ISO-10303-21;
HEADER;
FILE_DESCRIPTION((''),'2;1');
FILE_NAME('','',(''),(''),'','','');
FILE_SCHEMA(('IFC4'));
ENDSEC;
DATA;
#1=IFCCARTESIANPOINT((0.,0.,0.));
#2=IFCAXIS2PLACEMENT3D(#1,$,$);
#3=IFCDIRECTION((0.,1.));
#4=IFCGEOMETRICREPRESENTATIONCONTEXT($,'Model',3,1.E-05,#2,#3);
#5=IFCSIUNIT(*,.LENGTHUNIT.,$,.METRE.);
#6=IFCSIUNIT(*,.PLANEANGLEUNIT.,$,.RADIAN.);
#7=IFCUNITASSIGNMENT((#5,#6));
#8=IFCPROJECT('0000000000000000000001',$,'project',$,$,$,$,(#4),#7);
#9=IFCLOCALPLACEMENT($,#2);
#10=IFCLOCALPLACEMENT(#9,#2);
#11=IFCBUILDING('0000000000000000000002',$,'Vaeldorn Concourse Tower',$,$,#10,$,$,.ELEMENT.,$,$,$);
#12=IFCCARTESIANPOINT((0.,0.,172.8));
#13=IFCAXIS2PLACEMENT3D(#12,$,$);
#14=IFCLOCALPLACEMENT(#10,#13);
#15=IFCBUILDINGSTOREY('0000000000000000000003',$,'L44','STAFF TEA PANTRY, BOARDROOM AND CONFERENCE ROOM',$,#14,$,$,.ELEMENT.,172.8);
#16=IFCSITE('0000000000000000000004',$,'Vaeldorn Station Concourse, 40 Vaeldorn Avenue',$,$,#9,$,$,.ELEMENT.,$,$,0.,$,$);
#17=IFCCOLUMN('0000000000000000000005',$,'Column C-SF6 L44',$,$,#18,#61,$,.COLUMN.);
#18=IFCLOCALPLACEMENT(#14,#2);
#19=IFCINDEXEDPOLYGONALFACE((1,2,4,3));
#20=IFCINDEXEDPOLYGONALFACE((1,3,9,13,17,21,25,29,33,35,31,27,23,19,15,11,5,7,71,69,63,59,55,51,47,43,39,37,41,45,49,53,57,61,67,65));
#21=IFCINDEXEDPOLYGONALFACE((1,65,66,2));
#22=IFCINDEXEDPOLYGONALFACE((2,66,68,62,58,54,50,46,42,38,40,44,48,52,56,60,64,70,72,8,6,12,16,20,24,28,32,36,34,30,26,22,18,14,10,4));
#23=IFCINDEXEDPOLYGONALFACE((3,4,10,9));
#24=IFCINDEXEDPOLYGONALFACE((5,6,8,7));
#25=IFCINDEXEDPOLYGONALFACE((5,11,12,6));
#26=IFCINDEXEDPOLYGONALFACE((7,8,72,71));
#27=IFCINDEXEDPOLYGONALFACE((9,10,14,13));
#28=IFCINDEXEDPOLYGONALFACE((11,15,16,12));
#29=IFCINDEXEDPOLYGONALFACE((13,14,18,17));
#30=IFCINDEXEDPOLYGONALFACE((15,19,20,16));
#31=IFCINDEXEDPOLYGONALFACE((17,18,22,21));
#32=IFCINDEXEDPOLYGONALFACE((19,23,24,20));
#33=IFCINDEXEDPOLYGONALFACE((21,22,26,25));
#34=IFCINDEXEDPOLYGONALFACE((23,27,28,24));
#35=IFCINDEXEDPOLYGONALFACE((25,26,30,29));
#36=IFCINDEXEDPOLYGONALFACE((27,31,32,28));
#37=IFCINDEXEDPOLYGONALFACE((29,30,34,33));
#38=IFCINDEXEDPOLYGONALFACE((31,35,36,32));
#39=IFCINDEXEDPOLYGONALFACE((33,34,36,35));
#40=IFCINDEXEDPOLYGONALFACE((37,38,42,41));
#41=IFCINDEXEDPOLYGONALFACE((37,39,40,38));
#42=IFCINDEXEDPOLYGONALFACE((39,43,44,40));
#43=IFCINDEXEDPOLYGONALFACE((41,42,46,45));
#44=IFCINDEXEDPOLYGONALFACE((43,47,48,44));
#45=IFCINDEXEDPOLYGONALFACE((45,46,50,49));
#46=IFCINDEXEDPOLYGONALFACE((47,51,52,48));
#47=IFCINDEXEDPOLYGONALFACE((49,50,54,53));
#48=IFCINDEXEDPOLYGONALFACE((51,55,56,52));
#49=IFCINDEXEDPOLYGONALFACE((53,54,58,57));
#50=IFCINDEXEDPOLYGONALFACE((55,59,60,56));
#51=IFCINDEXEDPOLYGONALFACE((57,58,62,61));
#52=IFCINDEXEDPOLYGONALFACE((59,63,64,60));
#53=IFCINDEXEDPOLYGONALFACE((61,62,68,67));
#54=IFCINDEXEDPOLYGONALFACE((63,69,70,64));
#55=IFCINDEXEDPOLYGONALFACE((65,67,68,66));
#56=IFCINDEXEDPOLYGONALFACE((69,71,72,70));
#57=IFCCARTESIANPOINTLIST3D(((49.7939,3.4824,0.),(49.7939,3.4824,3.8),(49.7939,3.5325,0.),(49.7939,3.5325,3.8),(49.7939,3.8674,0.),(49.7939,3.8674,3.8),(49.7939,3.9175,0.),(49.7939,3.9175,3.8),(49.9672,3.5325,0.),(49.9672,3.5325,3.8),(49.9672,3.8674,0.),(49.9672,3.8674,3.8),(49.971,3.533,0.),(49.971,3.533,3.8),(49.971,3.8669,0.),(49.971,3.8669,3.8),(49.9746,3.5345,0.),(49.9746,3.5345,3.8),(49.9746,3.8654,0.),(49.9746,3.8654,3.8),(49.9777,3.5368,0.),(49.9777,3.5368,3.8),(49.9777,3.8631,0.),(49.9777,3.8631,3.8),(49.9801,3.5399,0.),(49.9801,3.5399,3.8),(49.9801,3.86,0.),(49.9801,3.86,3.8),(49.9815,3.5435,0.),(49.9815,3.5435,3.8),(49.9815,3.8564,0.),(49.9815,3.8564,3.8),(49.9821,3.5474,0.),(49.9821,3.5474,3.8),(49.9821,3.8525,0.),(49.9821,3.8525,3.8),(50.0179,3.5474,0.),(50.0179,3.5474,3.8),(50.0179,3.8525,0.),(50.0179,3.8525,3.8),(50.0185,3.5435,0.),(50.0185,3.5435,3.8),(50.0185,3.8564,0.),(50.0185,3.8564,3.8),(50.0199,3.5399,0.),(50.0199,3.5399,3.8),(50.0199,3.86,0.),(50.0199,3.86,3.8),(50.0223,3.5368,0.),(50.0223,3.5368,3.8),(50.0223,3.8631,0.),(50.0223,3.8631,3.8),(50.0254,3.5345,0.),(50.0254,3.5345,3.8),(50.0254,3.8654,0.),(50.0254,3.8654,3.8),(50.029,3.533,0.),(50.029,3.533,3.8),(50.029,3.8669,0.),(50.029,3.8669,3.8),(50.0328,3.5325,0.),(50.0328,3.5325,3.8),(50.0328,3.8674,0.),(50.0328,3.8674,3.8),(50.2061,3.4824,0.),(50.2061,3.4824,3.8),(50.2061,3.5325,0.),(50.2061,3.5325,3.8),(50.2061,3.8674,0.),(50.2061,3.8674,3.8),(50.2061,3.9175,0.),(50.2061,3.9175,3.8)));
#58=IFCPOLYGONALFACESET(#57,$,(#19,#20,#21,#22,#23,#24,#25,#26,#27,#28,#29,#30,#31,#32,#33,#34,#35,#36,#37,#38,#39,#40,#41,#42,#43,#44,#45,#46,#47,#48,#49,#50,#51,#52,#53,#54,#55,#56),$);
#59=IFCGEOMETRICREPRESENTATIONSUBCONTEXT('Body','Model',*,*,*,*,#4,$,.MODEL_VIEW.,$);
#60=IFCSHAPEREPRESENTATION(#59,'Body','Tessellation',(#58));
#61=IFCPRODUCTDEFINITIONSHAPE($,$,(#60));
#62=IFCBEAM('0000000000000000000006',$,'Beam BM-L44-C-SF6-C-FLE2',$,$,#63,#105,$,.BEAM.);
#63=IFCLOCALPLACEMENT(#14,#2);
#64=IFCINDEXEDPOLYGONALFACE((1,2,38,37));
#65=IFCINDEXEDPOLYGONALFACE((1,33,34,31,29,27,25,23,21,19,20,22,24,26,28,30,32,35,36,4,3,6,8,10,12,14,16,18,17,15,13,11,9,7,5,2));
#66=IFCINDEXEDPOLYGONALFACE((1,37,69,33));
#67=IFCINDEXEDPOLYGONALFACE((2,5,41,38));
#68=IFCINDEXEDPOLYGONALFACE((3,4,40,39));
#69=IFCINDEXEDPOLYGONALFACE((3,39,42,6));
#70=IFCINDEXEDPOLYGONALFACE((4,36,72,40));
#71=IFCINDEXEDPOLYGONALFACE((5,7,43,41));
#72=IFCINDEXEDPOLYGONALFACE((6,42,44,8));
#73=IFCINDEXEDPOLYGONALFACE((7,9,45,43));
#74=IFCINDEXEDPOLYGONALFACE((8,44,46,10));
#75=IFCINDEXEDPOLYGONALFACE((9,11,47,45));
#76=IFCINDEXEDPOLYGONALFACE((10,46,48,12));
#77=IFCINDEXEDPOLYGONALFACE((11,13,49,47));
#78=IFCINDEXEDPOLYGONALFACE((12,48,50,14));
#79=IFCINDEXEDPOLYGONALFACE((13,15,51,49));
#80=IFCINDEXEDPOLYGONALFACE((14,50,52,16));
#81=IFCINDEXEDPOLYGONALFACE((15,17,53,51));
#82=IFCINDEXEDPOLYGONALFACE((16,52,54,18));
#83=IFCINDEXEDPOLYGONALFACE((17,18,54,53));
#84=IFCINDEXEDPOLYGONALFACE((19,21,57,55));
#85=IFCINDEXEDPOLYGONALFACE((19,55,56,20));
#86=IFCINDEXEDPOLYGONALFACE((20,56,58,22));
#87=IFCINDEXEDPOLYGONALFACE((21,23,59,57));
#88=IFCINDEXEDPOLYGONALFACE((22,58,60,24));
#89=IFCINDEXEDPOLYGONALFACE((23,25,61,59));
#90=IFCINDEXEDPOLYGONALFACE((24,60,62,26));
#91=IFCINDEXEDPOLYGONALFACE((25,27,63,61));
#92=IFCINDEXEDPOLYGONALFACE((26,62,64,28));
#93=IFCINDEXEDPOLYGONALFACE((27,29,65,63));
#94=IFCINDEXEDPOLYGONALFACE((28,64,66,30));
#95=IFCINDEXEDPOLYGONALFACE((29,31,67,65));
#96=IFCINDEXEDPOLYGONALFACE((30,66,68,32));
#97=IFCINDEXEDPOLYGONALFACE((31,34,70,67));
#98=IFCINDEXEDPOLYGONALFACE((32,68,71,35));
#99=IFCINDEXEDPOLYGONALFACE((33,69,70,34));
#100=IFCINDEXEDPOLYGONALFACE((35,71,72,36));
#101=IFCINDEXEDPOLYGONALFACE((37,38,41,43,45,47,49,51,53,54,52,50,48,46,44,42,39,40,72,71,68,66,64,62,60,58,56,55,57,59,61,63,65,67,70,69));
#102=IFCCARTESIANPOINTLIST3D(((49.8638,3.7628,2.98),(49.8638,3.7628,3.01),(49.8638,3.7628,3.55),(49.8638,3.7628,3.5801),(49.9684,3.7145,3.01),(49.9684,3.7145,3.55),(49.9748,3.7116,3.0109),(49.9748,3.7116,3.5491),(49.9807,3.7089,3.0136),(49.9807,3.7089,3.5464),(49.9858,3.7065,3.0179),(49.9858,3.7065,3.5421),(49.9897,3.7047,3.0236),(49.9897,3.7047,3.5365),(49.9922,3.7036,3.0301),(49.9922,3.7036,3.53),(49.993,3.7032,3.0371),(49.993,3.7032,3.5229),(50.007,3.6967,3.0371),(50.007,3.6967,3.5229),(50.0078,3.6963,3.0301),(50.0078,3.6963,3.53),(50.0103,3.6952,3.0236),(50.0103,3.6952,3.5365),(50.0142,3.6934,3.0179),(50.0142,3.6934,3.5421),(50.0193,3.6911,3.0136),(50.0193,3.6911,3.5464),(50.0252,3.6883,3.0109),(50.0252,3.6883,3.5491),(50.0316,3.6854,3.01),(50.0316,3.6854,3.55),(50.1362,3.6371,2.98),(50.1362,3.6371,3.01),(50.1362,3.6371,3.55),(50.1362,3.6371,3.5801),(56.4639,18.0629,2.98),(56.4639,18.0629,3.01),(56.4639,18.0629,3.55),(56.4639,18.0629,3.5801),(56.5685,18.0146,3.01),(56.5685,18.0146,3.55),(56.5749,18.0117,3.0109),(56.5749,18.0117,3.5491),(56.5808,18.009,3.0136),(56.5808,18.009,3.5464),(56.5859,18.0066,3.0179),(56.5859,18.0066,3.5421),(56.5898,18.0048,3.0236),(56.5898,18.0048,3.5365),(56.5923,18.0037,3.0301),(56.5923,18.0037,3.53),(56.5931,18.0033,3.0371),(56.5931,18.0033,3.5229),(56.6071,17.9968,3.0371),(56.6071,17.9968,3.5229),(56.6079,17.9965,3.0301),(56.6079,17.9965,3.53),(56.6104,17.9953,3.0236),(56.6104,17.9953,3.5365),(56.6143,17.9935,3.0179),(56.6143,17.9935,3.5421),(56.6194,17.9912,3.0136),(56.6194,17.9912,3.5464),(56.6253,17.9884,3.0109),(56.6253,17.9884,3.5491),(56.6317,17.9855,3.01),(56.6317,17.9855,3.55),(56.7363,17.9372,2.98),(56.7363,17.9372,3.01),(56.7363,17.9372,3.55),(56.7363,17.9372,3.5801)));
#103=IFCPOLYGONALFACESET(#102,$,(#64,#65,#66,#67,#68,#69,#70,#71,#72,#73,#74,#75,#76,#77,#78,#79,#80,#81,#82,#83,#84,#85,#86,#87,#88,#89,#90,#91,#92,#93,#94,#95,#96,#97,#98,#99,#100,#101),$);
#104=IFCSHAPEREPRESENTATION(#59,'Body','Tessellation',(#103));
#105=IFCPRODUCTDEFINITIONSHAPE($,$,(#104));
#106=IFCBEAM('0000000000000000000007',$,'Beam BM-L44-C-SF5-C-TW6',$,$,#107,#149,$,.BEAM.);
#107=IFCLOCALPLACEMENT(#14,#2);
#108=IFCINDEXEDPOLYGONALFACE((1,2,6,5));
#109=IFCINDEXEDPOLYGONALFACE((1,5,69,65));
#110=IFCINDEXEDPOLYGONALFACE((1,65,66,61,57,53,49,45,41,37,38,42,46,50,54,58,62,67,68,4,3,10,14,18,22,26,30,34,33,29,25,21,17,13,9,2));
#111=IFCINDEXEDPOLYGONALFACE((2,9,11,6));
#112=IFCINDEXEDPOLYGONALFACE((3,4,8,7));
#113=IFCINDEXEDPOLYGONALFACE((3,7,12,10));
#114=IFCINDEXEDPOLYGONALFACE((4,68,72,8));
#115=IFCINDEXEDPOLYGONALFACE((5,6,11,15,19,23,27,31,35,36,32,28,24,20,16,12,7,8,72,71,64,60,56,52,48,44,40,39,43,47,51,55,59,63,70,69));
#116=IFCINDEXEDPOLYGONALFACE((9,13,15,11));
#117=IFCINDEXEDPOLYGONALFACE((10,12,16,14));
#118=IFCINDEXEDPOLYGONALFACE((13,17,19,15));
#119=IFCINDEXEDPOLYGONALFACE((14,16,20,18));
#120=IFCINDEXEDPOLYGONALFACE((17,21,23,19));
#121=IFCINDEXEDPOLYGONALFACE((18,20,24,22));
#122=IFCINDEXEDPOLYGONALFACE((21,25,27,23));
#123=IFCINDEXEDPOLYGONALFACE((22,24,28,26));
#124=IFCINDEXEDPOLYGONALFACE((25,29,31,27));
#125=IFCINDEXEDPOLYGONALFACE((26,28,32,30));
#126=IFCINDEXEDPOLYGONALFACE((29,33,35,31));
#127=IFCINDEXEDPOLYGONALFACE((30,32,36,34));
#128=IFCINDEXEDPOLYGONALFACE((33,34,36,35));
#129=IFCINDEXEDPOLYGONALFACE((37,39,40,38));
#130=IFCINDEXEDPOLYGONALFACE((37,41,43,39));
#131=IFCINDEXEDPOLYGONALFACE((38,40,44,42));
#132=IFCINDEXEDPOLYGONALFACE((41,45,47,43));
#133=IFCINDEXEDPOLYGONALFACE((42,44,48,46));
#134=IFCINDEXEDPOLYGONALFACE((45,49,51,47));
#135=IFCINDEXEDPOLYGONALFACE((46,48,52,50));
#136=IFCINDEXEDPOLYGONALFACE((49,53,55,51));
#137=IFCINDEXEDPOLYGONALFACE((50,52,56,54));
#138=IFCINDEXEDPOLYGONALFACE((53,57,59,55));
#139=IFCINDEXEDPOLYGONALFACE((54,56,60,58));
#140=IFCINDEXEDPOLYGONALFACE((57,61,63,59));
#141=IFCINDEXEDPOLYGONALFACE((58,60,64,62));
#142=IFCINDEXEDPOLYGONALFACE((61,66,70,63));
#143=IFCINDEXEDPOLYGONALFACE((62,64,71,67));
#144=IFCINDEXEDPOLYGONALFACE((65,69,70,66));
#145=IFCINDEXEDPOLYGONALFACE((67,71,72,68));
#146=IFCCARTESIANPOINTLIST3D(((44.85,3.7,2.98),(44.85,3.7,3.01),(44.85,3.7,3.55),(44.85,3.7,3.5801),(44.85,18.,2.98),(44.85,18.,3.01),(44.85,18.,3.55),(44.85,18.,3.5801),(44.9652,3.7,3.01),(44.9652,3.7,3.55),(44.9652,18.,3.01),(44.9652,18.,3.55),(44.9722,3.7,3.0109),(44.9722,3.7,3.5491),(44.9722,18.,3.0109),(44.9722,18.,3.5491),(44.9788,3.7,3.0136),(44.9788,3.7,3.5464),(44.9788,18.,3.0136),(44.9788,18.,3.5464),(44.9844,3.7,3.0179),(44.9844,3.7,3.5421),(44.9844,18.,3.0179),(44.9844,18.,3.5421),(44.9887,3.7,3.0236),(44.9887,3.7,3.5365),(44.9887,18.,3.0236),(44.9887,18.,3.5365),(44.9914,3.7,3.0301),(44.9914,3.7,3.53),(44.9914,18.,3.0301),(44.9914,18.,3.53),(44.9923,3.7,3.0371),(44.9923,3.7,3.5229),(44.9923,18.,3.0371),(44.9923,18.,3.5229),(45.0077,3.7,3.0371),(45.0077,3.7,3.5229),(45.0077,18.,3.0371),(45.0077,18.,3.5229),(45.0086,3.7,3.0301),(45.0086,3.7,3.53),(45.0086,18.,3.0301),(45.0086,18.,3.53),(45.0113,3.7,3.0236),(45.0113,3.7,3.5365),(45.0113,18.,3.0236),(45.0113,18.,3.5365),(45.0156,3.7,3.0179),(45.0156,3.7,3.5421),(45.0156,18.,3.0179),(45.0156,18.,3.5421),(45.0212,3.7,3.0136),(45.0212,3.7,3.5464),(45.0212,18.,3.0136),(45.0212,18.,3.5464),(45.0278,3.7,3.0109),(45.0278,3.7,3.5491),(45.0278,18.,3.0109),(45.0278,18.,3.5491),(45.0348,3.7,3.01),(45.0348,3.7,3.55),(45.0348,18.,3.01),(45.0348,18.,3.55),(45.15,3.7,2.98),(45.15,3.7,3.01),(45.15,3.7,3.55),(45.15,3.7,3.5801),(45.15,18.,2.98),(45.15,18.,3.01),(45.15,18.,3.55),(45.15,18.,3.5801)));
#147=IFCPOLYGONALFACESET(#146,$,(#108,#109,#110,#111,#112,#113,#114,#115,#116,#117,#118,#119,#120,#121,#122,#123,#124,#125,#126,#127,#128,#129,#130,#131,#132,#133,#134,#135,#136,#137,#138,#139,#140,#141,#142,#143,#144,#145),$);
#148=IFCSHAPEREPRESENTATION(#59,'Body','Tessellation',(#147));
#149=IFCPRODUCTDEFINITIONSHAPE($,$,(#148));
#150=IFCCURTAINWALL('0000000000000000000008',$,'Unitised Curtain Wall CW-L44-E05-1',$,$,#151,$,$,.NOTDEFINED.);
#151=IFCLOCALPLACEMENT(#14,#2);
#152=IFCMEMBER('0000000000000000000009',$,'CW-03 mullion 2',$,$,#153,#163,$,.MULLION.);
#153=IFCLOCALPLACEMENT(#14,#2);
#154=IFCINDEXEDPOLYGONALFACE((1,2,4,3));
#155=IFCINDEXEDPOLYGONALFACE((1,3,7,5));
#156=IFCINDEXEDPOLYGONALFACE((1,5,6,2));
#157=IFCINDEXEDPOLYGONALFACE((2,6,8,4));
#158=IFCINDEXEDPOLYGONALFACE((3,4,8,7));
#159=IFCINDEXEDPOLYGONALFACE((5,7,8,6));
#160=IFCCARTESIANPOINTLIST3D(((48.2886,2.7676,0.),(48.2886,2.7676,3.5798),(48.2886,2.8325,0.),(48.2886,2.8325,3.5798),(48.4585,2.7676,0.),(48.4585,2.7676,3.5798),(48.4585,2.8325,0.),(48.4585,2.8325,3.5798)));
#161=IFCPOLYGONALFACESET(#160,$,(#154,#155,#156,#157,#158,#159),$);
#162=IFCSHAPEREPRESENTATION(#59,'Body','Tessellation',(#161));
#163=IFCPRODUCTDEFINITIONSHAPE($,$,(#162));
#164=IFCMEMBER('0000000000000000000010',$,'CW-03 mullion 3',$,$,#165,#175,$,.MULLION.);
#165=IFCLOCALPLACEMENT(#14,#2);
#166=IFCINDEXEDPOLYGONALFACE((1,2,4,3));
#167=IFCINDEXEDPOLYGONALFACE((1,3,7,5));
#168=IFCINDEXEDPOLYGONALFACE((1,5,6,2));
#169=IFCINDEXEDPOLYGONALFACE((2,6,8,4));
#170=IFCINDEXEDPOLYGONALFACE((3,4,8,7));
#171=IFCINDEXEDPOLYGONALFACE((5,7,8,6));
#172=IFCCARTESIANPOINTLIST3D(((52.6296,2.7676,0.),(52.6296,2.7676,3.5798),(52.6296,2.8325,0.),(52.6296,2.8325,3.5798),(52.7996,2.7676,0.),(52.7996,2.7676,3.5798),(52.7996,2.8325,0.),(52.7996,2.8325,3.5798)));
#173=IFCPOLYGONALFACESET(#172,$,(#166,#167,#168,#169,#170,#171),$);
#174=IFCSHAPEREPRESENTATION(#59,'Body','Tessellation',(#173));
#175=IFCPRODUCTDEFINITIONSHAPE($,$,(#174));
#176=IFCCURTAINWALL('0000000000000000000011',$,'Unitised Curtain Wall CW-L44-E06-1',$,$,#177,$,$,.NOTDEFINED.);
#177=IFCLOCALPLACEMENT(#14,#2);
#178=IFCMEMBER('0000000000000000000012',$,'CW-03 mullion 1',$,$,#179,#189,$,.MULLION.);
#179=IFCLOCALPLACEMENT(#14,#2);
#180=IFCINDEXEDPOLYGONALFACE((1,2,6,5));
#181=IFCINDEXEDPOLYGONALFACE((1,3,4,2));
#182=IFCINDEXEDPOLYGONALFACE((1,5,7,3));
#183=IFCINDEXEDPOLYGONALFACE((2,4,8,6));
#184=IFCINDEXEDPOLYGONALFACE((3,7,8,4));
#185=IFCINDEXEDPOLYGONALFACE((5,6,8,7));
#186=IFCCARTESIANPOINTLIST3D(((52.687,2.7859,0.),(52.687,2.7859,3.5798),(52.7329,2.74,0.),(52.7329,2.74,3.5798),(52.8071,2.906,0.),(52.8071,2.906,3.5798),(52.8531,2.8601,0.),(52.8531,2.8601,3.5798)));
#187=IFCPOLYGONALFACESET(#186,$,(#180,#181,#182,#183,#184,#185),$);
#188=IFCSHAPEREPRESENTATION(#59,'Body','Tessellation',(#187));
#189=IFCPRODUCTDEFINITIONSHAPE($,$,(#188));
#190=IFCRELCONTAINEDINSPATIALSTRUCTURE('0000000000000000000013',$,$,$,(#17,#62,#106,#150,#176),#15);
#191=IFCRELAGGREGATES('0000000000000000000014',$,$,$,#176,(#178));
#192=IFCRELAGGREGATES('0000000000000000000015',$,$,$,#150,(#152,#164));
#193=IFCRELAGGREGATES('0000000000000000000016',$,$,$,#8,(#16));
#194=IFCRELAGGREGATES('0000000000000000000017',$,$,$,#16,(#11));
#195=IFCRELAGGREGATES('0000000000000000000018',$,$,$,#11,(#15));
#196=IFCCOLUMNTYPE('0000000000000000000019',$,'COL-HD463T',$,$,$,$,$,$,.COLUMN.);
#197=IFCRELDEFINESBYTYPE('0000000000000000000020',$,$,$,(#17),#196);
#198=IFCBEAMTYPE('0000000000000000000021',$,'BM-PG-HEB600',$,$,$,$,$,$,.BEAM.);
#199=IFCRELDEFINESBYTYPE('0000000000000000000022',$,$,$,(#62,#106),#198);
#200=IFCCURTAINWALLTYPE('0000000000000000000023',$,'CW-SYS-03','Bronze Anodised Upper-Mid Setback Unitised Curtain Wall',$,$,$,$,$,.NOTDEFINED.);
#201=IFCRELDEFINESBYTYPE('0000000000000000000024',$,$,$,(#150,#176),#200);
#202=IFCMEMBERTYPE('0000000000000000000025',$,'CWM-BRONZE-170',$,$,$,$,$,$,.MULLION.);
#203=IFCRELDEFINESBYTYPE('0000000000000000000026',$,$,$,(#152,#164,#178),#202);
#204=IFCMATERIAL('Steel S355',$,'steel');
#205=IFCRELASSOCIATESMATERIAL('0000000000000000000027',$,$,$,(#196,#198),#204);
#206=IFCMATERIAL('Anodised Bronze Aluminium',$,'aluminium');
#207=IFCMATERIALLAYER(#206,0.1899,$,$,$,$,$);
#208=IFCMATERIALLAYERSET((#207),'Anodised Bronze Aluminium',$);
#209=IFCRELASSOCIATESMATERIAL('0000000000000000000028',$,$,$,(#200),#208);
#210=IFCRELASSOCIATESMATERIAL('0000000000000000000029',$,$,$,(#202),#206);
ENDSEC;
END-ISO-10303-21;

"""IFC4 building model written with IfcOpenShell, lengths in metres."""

from ifc_helpers import new_model, si_unit, direction, frame, origin, origin_2d, place, context, subcontext, project, spatial, rectangle, i_section, extrude, source, transform, mapped, material, layer, layer_set, material_profile, profile_set, type_object, element, aggregate, save


model = new_model("IFC4")

# Units and contexts
model_context = context("Model", 3, precision=1e-05, world=origin(), true_north=direction((0.0, 1.0)))
body_context = subcontext(model_context, "Body", "Model", "MODEL_VIEW")
ifc_project = project(units=[si_unit("LENGTHUNIT", "METRE"), si_unit("PLANEANGLEUNIT", "RADIAN")], contexts=[model_context])

# Site, building, storey
site_placement = place(None, origin())
site = spatial("IfcSite", under=ifc_project, at=site_placement, Name="Vaeldorn Station Concourse, 40 Vaeldorn Avenue", CompositionType="ELEMENT", RefElevation=0.0)
building_placement = place(site_placement, origin())
building = spatial("IfcBuilding", under=site, at=building_placement, Name="Vaeldorn Concourse Tower", CompositionType="ELEMENT")
storey_placement = place(building_placement, frame((0.0, 0.0, 172.8)))
storey = spatial("IfcBuildingStorey", under=building, at=storey_placement, Name="L44", Description="STAFF TEA PANTRY, BOARDROOM AND CONFERENCE ROOM", CompositionType="ELEMENT", Elevation=172.8)

# Column
ifc_material_1 = material(Name="Steel S355", Category="steel")
ifc_material_profile_1 = material_profile(ifc_material_1, i_section(OverallWidth=0.4121, OverallDepth=0.4351, WebThickness=0.0359, FlangeThickness=0.05, FilletRadius=0.0149, at=origin_2d()), Name="HD 400x463")
ifc_profile_set_1 = profile_set([ifc_material_profile_1], Name="Steel S355")
column_type = type_object("IfcColumnType", Name="COL-HD463T", PredefinedType="COLUMN", material=ifc_profile_set_1)
shared_shape_1 = source(origin(), body_context, "Body", "SweptSolid", [
    extrude(i_section(OverallWidth=0.4121, OverallDepth=0.4351, WebThickness=0.0359, FlangeThickness=0.05, FilletRadius=0.0149, at=origin_2d()), origin(), (0.0, 0.0, 1.0), 3.8),
])
column_placement = place(storey_placement, frame((50.0, 3.7, 0.0), z_axis=(0.0, 0.0, 1.0), x_axis=(1.0, 0.0, 0.0)))
element("IfcColumn", 1, at=column_placement, inside=storey, type_object=column_type, Name="Column C-SF6 L44", PredefinedType="COLUMN", context=body_context, shape_type="MappedRepresentation", body=[
    mapped(shared_shape_1, transform((0.0, 0.0, 0.0), scale=1.0)),
])

# Beams
ifc_material_profile_2 = material_profile(ifc_material_1, i_section(OverallWidth=0.3, OverallDepth=0.6001, WebThickness=0.0154, FlangeThickness=0.03, FilletRadius=0.0271, at=origin_2d()), Name="HEB 600")
ifc_profile_set_2 = profile_set([ifc_material_profile_2], Name="Steel S355")
beam_type = type_object("IfcBeamType", Name="BM-PG-HEB600", PredefinedType="BEAM", material=ifc_profile_set_2)
shared_shape_2 = source(origin(), body_context, "Body", "SweptSolid", [
    extrude(i_section(OverallWidth=0.3, OverallDepth=0.6001, WebThickness=0.0154, FlangeThickness=0.03, FilletRadius=0.0271, at=origin_2d()), origin(), (0.0, 0.0, 1.0), 15.7498),
])
beam_1_placement = place(storey_placement, frame((50.0, 3.7, 3.28), z_axis=(0.419062, 0.907958, 0.0), x_axis=(-0.907958, 0.419062, 0.0)))
element("IfcBeam", 2, at=beam_1_placement, inside=storey, type_object=beam_type, Name="Beam BM-L44-C-SF6-C-FLE2", PredefinedType="BEAM", context=body_context, shape_type="MappedRepresentation", body=[
    mapped(shared_shape_2, transform((0.0, 0.0, 0.0), scale=1.0)),
])
shared_shape_3 = source(origin(), body_context, "Body", "SweptSolid", [
    extrude(i_section(OverallWidth=0.3, OverallDepth=0.6001, WebThickness=0.0154, FlangeThickness=0.03, FilletRadius=0.0271, at=origin_2d()), origin(), (0.0, 0.0, 1.0), 14.3),
])
beam_2_placement = place(storey_placement, frame((45.0, 3.7, 3.28), z_axis=(0.0, 1.0, 0.0), x_axis=(-1.0, 0.0, 0.0)))
element("IfcBeam", 3, at=beam_2_placement, inside=storey, type_object=beam_type, Name="Beam BM-L44-C-SF5-C-TW6", PredefinedType="BEAM", context=body_context, shape_type="MappedRepresentation", body=[
    mapped(shared_shape_3, transform((0.0, 0.0, 0.0), scale=1.0)),
])

# Curtain walls, members
ifc_material_2 = material(Name="Anodised Bronze Aluminium", Category="aluminium")
ifc_layer_1 = layer(ifc_material_2, 0.1899)
ifc_layer_set_1 = layer_set([ifc_layer_1], Name="Anodised Bronze Aluminium")
curtain_wall_type = type_object("IfcCurtainWallType", Name="CW-SYS-03", Description="Bronze Anodised Upper-Mid Setback Unitised Curtain Wall", PredefinedType="NOTDEFINED", material=ifc_layer_set_1)
curtain_wall_1_placement = place(storey_placement, origin())
curtain_wall_1 = element("IfcCurtainWall", 4, at=curtain_wall_1_placement, inside=storey, type_object=curtain_wall_type, Name="Unitised Curtain Wall CW-L44-E05-1", PredefinedType="NOTDEFINED")
ifc_material_profile_3 = material_profile(ifc_material_2, rectangle(XDim=0.0649, YDim=0.1699, at=origin_2d()), Name="CWM 65x170")
ifc_profile_set_3 = profile_set([ifc_material_profile_3], Name="Anodised Bronze Aluminium")
member_type_1 = type_object("IfcMemberType", Name="CWM-BRONZE-170", PredefinedType="MULLION", material=ifc_profile_set_3)
shared_shape_4 = source(origin(), body_context, "Body", "SweptSolid", [
    extrude(rectangle(XDim=0.0649, YDim=0.1699, at=origin_2d()), origin(), (0.0, 0.0, 1.0), 3.5798),
])
member_1_placement = place(storey_placement, frame((48.3735, 2.8, 0.0), z_axis=(0.0, 0.0, 1.0), x_axis=(0.0, 1.0, 0.0)))
member_1 = element("IfcMember", 5, at=member_1_placement, type_object=member_type_1, Name="CW-03 mullion 2", PredefinedType="MULLION", context=body_context, shape_type="MappedRepresentation", body=[
    mapped(shared_shape_4, transform((0.0, 0.0, 0.0), scale=1.0)),
])
member_2_placement = place(storey_placement, frame((52.7146, 2.8, 0.0), z_axis=(0.0, 0.0, 1.0), x_axis=(0.0, 1.0, 0.0)))
member_2 = element("IfcMember", 6, at=member_2_placement, type_object=member_type_1, Name="CW-03 mullion 3", PredefinedType="MULLION", context=body_context, shape_type="MappedRepresentation", body=[
    mapped(shared_shape_4, transform((0.0, 0.0, 0.0), scale=1.0)),
])
curtain_wall_2_placement = place(storey_placement, origin())
curtain_wall_2 = element("IfcCurtainWall", 7, at=curtain_wall_2_placement, inside=storey, type_object=curtain_wall_type, Name="Unitised Curtain Wall CW-L44-E06-1", PredefinedType="NOTDEFINED")
member_3_placement = place(storey_placement, frame((52.77, 2.823, 0.0), z_axis=(0.0, 0.0, 1.0), x_axis=(-0.707107, 0.707107, 0.0)))
member_3 = element("IfcMember", 8, at=member_3_placement, type_object=member_type_1, Name="CW-03 mullion 1", PredefinedType="MULLION", context=body_context, shape_type="MappedRepresentation", body=[
    mapped(shared_shape_4, transform((0.0, 0.0, 0.0), scale=1.0)),
])

aggregate(curtain_wall_2, [member_3])
aggregate(curtain_wall_1, [member_1, member_2])

save(model, "model.ifc")
